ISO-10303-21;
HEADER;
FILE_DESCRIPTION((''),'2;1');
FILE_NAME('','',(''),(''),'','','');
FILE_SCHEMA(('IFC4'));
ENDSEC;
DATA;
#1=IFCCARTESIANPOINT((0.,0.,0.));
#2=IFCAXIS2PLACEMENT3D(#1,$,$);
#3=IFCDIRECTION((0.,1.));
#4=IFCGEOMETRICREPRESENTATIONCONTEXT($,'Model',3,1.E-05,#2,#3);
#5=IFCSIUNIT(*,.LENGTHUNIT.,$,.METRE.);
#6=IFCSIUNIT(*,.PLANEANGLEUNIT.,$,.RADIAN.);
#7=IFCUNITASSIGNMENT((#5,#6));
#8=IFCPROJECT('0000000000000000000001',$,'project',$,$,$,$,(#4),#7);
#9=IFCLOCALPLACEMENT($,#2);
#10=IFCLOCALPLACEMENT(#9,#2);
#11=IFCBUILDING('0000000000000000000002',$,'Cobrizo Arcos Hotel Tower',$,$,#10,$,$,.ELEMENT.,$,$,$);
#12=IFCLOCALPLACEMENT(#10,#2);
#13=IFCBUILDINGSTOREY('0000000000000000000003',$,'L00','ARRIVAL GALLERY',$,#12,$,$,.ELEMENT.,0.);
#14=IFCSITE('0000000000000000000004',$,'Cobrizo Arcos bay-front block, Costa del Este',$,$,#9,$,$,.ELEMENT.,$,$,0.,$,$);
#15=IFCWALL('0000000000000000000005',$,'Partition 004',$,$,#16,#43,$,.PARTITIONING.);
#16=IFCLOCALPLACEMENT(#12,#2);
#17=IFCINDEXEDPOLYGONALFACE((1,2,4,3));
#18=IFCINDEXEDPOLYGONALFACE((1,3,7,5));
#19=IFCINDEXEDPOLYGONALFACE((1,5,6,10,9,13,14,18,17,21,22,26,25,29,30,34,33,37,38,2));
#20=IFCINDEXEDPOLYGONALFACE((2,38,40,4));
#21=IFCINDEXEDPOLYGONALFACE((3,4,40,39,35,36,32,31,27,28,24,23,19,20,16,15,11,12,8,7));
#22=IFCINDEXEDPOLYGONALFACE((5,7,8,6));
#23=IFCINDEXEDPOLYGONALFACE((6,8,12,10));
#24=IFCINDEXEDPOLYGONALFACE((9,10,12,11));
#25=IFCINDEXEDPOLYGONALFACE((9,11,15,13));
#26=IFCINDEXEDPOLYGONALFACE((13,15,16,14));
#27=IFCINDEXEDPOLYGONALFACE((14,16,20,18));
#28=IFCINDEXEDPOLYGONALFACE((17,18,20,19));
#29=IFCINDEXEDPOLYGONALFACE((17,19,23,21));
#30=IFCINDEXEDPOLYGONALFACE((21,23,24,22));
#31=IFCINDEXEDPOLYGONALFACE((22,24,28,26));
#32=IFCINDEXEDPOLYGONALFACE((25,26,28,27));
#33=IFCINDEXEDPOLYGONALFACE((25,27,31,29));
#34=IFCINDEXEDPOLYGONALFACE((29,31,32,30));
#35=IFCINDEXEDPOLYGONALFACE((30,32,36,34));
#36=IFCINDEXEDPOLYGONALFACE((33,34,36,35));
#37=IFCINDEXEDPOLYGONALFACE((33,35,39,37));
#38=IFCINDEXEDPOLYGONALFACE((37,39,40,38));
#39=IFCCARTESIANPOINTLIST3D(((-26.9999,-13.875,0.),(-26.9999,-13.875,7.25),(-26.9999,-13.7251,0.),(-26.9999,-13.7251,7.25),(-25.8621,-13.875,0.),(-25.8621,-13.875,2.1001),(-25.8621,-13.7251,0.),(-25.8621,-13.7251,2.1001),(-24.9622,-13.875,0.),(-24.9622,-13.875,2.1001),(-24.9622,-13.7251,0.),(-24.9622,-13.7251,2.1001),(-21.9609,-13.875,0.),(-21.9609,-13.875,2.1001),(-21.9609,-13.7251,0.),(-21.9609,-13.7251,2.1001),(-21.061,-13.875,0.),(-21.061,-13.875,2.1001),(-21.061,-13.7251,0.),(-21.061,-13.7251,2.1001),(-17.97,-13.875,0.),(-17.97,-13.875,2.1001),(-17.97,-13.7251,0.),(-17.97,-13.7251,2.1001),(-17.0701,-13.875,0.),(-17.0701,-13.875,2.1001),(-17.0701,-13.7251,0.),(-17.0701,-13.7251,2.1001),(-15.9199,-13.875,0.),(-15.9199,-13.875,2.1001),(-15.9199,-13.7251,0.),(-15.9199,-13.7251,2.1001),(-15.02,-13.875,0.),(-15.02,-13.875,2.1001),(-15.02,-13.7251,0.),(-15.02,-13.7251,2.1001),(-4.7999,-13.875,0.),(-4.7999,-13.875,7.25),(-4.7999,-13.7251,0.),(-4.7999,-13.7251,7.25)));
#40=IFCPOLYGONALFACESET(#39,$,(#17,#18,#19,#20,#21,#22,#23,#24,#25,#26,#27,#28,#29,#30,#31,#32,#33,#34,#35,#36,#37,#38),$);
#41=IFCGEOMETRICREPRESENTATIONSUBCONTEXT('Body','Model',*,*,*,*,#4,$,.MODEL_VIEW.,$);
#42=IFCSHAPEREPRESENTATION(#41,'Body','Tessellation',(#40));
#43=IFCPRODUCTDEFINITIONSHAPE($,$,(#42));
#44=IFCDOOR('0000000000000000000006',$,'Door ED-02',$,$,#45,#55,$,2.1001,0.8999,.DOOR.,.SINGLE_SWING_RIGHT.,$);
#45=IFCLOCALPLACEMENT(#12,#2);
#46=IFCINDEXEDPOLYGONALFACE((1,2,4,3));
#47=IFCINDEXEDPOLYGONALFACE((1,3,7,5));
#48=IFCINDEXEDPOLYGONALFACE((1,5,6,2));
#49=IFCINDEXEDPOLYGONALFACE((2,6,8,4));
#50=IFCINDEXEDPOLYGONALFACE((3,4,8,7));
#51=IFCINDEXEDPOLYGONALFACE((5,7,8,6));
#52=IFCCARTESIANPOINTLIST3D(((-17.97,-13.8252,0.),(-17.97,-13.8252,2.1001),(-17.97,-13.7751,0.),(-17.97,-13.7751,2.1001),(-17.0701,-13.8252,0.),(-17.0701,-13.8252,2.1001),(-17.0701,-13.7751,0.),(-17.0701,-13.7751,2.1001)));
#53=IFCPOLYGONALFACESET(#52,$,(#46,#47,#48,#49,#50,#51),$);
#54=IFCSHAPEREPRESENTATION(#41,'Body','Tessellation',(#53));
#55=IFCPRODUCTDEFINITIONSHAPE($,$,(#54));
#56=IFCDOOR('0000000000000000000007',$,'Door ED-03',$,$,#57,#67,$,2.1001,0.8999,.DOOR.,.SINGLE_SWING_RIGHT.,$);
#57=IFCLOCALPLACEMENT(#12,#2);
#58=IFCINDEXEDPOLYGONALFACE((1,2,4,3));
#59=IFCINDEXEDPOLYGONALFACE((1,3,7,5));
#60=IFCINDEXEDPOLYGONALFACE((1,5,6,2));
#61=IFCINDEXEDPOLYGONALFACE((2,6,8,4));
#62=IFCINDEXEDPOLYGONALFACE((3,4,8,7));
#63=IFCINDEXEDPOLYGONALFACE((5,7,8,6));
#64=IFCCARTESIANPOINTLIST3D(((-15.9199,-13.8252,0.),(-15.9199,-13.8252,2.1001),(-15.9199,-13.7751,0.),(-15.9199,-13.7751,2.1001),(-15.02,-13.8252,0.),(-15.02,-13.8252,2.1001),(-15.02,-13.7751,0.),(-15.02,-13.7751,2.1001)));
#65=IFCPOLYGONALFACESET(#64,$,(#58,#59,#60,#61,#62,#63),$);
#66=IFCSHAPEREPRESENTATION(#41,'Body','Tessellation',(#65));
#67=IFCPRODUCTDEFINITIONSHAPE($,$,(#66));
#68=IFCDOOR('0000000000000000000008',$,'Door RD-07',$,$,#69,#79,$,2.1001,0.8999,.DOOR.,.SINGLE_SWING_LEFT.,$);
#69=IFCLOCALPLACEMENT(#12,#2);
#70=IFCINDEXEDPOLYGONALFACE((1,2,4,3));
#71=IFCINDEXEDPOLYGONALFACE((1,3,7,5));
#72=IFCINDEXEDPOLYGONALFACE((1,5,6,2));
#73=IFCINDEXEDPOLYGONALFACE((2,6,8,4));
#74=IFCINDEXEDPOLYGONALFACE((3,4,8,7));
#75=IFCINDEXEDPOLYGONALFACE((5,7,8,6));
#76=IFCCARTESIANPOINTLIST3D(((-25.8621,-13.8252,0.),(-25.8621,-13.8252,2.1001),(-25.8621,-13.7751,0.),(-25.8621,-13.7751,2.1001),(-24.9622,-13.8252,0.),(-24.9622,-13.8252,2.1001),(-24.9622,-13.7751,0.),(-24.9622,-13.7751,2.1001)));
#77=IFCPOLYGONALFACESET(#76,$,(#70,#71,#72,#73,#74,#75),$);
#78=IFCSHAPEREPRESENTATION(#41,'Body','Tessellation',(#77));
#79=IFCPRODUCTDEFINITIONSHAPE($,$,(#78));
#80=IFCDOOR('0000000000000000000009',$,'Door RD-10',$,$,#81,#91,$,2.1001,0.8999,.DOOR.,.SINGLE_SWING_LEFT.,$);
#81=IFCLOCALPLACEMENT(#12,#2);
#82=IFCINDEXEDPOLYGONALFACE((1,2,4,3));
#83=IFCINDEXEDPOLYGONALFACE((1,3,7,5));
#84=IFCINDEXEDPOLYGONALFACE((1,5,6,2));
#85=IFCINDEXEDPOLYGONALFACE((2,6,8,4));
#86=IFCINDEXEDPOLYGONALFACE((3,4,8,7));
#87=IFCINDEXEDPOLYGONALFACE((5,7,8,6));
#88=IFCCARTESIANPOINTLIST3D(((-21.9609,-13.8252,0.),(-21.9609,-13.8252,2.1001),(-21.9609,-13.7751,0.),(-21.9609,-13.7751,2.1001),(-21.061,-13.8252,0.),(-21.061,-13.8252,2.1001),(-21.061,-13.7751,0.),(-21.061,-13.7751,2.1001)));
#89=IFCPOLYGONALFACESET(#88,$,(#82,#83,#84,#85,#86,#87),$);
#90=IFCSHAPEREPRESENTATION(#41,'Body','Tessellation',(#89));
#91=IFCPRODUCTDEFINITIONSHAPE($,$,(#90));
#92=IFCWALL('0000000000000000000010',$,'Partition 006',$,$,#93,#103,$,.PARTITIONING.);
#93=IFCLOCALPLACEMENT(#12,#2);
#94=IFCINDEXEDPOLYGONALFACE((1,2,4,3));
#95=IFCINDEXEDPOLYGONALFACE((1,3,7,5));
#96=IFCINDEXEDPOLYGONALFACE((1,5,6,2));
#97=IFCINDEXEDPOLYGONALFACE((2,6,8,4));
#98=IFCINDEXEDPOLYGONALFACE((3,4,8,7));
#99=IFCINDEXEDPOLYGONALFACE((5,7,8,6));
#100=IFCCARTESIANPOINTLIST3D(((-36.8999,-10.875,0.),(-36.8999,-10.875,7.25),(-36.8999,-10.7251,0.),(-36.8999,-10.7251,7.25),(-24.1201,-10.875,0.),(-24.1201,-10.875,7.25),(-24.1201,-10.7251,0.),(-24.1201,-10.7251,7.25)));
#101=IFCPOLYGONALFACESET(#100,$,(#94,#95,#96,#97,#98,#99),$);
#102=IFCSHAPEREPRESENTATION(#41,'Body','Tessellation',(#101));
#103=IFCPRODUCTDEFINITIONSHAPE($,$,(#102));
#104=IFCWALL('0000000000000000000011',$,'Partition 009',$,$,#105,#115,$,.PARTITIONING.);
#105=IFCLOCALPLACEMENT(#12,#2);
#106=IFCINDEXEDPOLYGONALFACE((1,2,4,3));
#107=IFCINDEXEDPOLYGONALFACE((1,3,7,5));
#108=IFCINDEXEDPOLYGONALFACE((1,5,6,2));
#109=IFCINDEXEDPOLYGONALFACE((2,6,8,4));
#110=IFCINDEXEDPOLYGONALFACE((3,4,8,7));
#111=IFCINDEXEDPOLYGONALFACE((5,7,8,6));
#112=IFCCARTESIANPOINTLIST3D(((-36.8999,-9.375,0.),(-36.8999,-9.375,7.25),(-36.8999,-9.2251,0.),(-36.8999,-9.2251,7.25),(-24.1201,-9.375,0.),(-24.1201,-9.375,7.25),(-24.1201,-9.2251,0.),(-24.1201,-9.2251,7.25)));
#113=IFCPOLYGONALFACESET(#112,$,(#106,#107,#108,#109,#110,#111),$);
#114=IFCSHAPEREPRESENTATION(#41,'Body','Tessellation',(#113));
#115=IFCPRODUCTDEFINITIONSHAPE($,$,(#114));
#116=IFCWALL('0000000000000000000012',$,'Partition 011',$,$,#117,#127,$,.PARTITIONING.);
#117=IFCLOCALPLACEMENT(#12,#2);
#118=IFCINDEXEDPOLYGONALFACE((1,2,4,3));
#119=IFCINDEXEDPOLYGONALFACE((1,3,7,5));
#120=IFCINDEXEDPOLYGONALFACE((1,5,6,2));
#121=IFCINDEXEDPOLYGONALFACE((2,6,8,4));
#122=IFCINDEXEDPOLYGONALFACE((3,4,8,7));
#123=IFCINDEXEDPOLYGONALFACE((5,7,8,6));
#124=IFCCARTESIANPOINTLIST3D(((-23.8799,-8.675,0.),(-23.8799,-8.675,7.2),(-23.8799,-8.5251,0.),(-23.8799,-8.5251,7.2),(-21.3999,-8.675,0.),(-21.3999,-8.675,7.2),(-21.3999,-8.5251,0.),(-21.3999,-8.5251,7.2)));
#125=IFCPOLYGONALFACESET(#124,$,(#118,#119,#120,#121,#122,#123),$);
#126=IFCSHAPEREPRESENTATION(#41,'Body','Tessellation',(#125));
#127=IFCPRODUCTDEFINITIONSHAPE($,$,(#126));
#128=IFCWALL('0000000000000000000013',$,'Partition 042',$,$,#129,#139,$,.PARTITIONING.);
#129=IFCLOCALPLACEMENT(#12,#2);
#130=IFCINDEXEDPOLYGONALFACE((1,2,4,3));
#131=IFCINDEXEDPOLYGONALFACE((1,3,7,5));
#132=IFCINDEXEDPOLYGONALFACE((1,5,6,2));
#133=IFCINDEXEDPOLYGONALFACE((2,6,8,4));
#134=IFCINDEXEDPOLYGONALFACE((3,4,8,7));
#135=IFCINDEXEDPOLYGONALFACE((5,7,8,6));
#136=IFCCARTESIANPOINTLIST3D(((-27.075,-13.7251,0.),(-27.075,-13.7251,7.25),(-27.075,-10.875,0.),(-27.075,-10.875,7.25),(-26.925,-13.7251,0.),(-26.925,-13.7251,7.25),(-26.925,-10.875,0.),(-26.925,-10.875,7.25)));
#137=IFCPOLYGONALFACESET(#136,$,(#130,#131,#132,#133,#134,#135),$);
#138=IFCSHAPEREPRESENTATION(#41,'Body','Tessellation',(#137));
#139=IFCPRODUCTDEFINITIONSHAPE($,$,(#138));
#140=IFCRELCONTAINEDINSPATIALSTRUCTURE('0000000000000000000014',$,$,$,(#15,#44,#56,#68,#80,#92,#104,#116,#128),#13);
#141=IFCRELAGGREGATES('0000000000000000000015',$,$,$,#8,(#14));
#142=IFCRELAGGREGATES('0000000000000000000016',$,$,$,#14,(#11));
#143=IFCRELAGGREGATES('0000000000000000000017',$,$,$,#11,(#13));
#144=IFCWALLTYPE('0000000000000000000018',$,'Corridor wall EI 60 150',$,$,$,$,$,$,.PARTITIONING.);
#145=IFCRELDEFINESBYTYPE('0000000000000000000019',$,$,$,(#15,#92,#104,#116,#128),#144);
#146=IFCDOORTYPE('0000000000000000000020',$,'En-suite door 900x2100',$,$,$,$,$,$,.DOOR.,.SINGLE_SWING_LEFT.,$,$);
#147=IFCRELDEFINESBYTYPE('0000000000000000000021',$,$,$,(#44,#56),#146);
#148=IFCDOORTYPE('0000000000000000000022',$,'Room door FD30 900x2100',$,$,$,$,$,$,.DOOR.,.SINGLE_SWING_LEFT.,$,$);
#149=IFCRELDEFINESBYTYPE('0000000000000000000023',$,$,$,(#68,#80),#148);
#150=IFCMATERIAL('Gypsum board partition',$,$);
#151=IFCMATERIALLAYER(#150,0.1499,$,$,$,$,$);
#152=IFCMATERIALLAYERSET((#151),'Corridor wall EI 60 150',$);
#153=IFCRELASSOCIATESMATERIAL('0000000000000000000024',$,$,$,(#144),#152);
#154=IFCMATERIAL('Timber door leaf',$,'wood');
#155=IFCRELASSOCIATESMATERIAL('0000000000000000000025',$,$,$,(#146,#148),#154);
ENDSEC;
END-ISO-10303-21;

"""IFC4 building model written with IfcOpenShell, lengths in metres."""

from ifc_helpers import new_model, si_unit, direction, frame, frame_2d, origin, place, context, subcontext, project, spatial, rectangle, extrude, material, layer, layer_set, type_object, element, fill, save


model = new_model("IFC4")

# Units and contexts
model_context = context("Model", 3, precision=1e-05, world=origin(), true_north=direction((0.0, 1.0)))
body_context = subcontext(model_context, "Body", "Model", "MODEL_VIEW")
ifc_project = project(units=[si_unit("LENGTHUNIT", "METRE"), si_unit("PLANEANGLEUNIT", "RADIAN")], contexts=[model_context])

# Site, building, storey
site_placement = place(None, origin())
site = spatial("IfcSite", under=ifc_project, at=site_placement, Name="Cobrizo Arcos bay-front block, Costa del Este", CompositionType="ELEMENT", RefElevation=0.0)
building_placement = place(site_placement, origin())
building = spatial("IfcBuilding", under=site, at=building_placement, Name="Cobrizo Arcos Hotel Tower", CompositionType="ELEMENT")
storey_placement = place(building_placement, origin())
storey = spatial("IfcBuildingStorey", under=building, at=storey_placement, Name="L00", Description="ARRIVAL GALLERY", CompositionType="ELEMENT", Elevation=0.0)

# Wall, openings, doors
ifc_material_1 = material(Name="Gypsum board partition")
ifc_layer_1 = layer(ifc_material_1, 0.1499)
ifc_layer_set_1 = layer_set([ifc_layer_1], Name="Corridor wall EI 60 150")
wall_type_1 = type_object("IfcWallType", Name="Corridor wall EI 60 150", PredefinedType="PARTITIONING", material=ifc_layer_set_1)
wall_1_placement = place(storey_placement, frame((-27.0, -13.8, 0.0), z_axis=(0.0, 0.0, 1.0), x_axis=(1.0, 0.0, 0.0)))
wall_1 = element("IfcWall", 1, at=wall_1_placement, inside=storey, type_object=wall_type_1, Name="Partition 004", PredefinedType="PARTITIONING", context=body_context, shape_type="SweptSolid", body=[
    extrude(rectangle(XDim=22.2, YDim=0.1499, at=frame_2d((11.1001, 0.0))), origin(), (0.0, 0.0, 1.0), 7.25),
])
opening_1_placement = place(wall_1_placement, frame((9.03, 0.0, 0.0)))
opening_1 = element("IfcOpeningElement", 2, at=opening_1_placement, cuts=wall_1, PredefinedType="OPENING", context=body_context, shape_type="SweptSolid", body=[
    extrude(rectangle(XDim=0.8999, YDim=2.1001, at=frame_2d((0.45, 1.05))), frame((0.0, 0.0869, 0.0), z_axis=(0.0, -1.0, 0.0), x_axis=(1.0, 0.0, 0.0)), (0.0, 0.0, 1.0), 0.1738),
])
opening_2_placement = place(wall_1_placement, frame((11.0801, 0.0, 0.0)))
opening_2 = element("IfcOpeningElement", 3, at=opening_2_placement, cuts=wall_1, PredefinedType="OPENING", context=body_context, shape_type="SweptSolid", body=[
    extrude(rectangle(XDim=0.8999, YDim=2.1001, at=frame_2d((0.45, 1.05))), frame((0.0, 0.0869, 0.0), z_axis=(0.0, -1.0, 0.0), x_axis=(1.0, 0.0, 0.0)), (0.0, 0.0, 1.0), 0.1738),
])
opening_3_placement = place(wall_1_placement, frame((1.1379, 0.0, 0.0)))
opening_3 = element("IfcOpeningElement", 4, at=opening_3_placement, cuts=wall_1, PredefinedType="OPENING", context=body_context, shape_type="SweptSolid", body=[
    extrude(rectangle(XDim=0.8999, YDim=2.1001, at=frame_2d((0.45, 1.05))), frame((0.0, 0.0869, 0.0), z_axis=(0.0, -1.0, 0.0), x_axis=(1.0, 0.0, 0.0)), (0.0, 0.0, 1.0), 0.1738),
])
opening_4_placement = place(wall_1_placement, frame((5.0391, 0.0, 0.0)))
opening_4 = element("IfcOpeningElement", 5, at=opening_4_placement, cuts=wall_1, PredefinedType="OPENING", context=body_context, shape_type="SweptSolid", body=[
    extrude(rectangle(XDim=0.8999, YDim=2.1001, at=frame_2d((0.45, 1.05))), frame((0.0, 0.0869, 0.0), z_axis=(0.0, -1.0, 0.0), x_axis=(1.0, 0.0, 0.0)), (0.0, 0.0, 1.0), 0.1738),
])
ifc_material_2 = material(Name="Timber door leaf", Category="wood")
door_type_1 = type_object("IfcDoorType", Name="En-suite door 900x2100", OperationType="SINGLE_SWING_LEFT", PredefinedType="DOOR", material=ifc_material_2)
door_1_placement = place(opening_1_placement, origin())
door_1 = element("IfcDoor", 6, at=door_1_placement, inside=storey, type_object=door_type_1, Name="Door ED-02", OperationType="SINGLE_SWING_RIGHT", OverallHeight=2.1001, OverallWidth=0.8999, PredefinedType="DOOR", context=body_context, shape_type="SweptSolid", body=[
    extrude(rectangle(XDim=0.8999, YDim=2.1001, at=frame_2d((0.45, 1.05))), frame((0.0, 0.0249, 0.0), z_axis=(0.0, -1.0, 0.0), x_axis=(1.0, 0.0, 0.0)), (0.0, 0.0, 1.0), 0.05),
])
fill(opening_1, door_1)
door_2_placement = place(opening_2_placement, origin())
door_2 = element("IfcDoor", 7, at=door_2_placement, inside=storey, type_object=door_type_1, Name="Door ED-03", OperationType="SINGLE_SWING_RIGHT", OverallHeight=2.1001, OverallWidth=0.8999, PredefinedType="DOOR", context=body_context, shape_type="SweptSolid", body=[
    extrude(rectangle(XDim=0.8999, YDim=2.1001, at=frame_2d((0.45, 1.05))), frame((0.0, 0.0249, 0.0), z_axis=(0.0, -1.0, 0.0), x_axis=(1.0, 0.0, 0.0)), (0.0, 0.0, 1.0), 0.05),
])
fill(opening_2, door_2)
door_type_2 = type_object("IfcDoorType", Name="Room door FD30 900x2100", OperationType="SINGLE_SWING_LEFT", PredefinedType="DOOR", material=ifc_material_2)
door_3_placement = place(opening_3_placement, origin())
door_3 = element("IfcDoor", 8, at=door_3_placement, inside=storey, type_object=door_type_2, Name="Door RD-07", OperationType="SINGLE_SWING_LEFT", OverallHeight=2.1001, OverallWidth=0.8999, PredefinedType="DOOR", context=body_context, shape_type="SweptSolid", body=[
    extrude(rectangle(XDim=0.8999, YDim=2.1001, at=frame_2d((0.45, 1.05))), frame((0.0, 0.0249, 0.0), z_axis=(0.0, -1.0, 0.0), x_axis=(1.0, 0.0, 0.0)), (0.0, 0.0, 1.0), 0.05),
])
fill(opening_3, door_3)
door_4_placement = place(opening_4_placement, origin())
door_4 = element("IfcDoor", 9, at=door_4_placement, inside=storey, type_object=door_type_2, Name="Door RD-10", OperationType="SINGLE_SWING_LEFT", OverallHeight=2.1001, OverallWidth=0.8999, PredefinedType="DOOR", context=body_context, shape_type="SweptSolid", body=[
    extrude(rectangle(XDim=0.8999, YDim=2.1001, at=frame_2d((0.45, 1.05))), frame((0.0, 0.0249, 0.0), z_axis=(0.0, -1.0, 0.0), x_axis=(1.0, 0.0, 0.0)), (0.0, 0.0, 1.0), 0.05),
])
fill(opening_4, door_4)

# Walls
for number, where, z_axis, x_axis, name in (
    (10, (-36.8999, -10.8, 0.0), (0.0, 0.0, 1.0), (1.0, 0.0, 0.0), "Partition 006"),
    (11, (-36.8999, -9.3, 0.0), (0.0, 0.0, 1.0), (1.0, 0.0, 0.0), "Partition 009"),
):
    element("IfcWall", number, at=place(storey_placement, frame(where, z_axis=z_axis, x_axis=x_axis)), inside=storey, type_object=wall_type_1, Name=name, PredefinedType="PARTITIONING", context=body_context, shape_type="SweptSolid", body=[
        extrude(rectangle(XDim=12.7798, YDim=0.1499, at=frame_2d((6.3899, 0.0))), origin(), (0.0, 0.0, 1.0), 7.25),
    ])
wall_2_placement = place(storey_placement, frame((-23.8799, -8.6001, 0.0), z_axis=(0.0, 0.0, 1.0), x_axis=(1.0, 0.0, 0.0)))
element("IfcWall", 12, at=wall_2_placement, inside=storey, type_object=wall_type_1, Name="Partition 011", PredefinedType="PARTITIONING", context=body_context, shape_type="SweptSolid", body=[
    extrude(rectangle(XDim=2.48, YDim=0.1499, at=frame_2d((1.24, 0.0))), origin(), (0.0, 0.0, 1.0), 7.2),
])
wall_3_placement = place(storey_placement, frame((-27.0, -13.7251, 0.0), z_axis=(0.0, 0.0, 1.0), x_axis=(0.0, 1.0, 0.0)))
element("IfcWall", 13, at=wall_3_placement, inside=storey, type_object=wall_type_1, Name="Partition 042", PredefinedType="PARTITIONING", context=body_context, shape_type="SweptSolid", body=[
    extrude(rectangle(XDim=2.8501, YDim=0.1499, at=frame_2d((1.425, 0.0))), origin(), (0.0, 0.0, 1.0), 7.25),
])

save(model, "model.ifc")
